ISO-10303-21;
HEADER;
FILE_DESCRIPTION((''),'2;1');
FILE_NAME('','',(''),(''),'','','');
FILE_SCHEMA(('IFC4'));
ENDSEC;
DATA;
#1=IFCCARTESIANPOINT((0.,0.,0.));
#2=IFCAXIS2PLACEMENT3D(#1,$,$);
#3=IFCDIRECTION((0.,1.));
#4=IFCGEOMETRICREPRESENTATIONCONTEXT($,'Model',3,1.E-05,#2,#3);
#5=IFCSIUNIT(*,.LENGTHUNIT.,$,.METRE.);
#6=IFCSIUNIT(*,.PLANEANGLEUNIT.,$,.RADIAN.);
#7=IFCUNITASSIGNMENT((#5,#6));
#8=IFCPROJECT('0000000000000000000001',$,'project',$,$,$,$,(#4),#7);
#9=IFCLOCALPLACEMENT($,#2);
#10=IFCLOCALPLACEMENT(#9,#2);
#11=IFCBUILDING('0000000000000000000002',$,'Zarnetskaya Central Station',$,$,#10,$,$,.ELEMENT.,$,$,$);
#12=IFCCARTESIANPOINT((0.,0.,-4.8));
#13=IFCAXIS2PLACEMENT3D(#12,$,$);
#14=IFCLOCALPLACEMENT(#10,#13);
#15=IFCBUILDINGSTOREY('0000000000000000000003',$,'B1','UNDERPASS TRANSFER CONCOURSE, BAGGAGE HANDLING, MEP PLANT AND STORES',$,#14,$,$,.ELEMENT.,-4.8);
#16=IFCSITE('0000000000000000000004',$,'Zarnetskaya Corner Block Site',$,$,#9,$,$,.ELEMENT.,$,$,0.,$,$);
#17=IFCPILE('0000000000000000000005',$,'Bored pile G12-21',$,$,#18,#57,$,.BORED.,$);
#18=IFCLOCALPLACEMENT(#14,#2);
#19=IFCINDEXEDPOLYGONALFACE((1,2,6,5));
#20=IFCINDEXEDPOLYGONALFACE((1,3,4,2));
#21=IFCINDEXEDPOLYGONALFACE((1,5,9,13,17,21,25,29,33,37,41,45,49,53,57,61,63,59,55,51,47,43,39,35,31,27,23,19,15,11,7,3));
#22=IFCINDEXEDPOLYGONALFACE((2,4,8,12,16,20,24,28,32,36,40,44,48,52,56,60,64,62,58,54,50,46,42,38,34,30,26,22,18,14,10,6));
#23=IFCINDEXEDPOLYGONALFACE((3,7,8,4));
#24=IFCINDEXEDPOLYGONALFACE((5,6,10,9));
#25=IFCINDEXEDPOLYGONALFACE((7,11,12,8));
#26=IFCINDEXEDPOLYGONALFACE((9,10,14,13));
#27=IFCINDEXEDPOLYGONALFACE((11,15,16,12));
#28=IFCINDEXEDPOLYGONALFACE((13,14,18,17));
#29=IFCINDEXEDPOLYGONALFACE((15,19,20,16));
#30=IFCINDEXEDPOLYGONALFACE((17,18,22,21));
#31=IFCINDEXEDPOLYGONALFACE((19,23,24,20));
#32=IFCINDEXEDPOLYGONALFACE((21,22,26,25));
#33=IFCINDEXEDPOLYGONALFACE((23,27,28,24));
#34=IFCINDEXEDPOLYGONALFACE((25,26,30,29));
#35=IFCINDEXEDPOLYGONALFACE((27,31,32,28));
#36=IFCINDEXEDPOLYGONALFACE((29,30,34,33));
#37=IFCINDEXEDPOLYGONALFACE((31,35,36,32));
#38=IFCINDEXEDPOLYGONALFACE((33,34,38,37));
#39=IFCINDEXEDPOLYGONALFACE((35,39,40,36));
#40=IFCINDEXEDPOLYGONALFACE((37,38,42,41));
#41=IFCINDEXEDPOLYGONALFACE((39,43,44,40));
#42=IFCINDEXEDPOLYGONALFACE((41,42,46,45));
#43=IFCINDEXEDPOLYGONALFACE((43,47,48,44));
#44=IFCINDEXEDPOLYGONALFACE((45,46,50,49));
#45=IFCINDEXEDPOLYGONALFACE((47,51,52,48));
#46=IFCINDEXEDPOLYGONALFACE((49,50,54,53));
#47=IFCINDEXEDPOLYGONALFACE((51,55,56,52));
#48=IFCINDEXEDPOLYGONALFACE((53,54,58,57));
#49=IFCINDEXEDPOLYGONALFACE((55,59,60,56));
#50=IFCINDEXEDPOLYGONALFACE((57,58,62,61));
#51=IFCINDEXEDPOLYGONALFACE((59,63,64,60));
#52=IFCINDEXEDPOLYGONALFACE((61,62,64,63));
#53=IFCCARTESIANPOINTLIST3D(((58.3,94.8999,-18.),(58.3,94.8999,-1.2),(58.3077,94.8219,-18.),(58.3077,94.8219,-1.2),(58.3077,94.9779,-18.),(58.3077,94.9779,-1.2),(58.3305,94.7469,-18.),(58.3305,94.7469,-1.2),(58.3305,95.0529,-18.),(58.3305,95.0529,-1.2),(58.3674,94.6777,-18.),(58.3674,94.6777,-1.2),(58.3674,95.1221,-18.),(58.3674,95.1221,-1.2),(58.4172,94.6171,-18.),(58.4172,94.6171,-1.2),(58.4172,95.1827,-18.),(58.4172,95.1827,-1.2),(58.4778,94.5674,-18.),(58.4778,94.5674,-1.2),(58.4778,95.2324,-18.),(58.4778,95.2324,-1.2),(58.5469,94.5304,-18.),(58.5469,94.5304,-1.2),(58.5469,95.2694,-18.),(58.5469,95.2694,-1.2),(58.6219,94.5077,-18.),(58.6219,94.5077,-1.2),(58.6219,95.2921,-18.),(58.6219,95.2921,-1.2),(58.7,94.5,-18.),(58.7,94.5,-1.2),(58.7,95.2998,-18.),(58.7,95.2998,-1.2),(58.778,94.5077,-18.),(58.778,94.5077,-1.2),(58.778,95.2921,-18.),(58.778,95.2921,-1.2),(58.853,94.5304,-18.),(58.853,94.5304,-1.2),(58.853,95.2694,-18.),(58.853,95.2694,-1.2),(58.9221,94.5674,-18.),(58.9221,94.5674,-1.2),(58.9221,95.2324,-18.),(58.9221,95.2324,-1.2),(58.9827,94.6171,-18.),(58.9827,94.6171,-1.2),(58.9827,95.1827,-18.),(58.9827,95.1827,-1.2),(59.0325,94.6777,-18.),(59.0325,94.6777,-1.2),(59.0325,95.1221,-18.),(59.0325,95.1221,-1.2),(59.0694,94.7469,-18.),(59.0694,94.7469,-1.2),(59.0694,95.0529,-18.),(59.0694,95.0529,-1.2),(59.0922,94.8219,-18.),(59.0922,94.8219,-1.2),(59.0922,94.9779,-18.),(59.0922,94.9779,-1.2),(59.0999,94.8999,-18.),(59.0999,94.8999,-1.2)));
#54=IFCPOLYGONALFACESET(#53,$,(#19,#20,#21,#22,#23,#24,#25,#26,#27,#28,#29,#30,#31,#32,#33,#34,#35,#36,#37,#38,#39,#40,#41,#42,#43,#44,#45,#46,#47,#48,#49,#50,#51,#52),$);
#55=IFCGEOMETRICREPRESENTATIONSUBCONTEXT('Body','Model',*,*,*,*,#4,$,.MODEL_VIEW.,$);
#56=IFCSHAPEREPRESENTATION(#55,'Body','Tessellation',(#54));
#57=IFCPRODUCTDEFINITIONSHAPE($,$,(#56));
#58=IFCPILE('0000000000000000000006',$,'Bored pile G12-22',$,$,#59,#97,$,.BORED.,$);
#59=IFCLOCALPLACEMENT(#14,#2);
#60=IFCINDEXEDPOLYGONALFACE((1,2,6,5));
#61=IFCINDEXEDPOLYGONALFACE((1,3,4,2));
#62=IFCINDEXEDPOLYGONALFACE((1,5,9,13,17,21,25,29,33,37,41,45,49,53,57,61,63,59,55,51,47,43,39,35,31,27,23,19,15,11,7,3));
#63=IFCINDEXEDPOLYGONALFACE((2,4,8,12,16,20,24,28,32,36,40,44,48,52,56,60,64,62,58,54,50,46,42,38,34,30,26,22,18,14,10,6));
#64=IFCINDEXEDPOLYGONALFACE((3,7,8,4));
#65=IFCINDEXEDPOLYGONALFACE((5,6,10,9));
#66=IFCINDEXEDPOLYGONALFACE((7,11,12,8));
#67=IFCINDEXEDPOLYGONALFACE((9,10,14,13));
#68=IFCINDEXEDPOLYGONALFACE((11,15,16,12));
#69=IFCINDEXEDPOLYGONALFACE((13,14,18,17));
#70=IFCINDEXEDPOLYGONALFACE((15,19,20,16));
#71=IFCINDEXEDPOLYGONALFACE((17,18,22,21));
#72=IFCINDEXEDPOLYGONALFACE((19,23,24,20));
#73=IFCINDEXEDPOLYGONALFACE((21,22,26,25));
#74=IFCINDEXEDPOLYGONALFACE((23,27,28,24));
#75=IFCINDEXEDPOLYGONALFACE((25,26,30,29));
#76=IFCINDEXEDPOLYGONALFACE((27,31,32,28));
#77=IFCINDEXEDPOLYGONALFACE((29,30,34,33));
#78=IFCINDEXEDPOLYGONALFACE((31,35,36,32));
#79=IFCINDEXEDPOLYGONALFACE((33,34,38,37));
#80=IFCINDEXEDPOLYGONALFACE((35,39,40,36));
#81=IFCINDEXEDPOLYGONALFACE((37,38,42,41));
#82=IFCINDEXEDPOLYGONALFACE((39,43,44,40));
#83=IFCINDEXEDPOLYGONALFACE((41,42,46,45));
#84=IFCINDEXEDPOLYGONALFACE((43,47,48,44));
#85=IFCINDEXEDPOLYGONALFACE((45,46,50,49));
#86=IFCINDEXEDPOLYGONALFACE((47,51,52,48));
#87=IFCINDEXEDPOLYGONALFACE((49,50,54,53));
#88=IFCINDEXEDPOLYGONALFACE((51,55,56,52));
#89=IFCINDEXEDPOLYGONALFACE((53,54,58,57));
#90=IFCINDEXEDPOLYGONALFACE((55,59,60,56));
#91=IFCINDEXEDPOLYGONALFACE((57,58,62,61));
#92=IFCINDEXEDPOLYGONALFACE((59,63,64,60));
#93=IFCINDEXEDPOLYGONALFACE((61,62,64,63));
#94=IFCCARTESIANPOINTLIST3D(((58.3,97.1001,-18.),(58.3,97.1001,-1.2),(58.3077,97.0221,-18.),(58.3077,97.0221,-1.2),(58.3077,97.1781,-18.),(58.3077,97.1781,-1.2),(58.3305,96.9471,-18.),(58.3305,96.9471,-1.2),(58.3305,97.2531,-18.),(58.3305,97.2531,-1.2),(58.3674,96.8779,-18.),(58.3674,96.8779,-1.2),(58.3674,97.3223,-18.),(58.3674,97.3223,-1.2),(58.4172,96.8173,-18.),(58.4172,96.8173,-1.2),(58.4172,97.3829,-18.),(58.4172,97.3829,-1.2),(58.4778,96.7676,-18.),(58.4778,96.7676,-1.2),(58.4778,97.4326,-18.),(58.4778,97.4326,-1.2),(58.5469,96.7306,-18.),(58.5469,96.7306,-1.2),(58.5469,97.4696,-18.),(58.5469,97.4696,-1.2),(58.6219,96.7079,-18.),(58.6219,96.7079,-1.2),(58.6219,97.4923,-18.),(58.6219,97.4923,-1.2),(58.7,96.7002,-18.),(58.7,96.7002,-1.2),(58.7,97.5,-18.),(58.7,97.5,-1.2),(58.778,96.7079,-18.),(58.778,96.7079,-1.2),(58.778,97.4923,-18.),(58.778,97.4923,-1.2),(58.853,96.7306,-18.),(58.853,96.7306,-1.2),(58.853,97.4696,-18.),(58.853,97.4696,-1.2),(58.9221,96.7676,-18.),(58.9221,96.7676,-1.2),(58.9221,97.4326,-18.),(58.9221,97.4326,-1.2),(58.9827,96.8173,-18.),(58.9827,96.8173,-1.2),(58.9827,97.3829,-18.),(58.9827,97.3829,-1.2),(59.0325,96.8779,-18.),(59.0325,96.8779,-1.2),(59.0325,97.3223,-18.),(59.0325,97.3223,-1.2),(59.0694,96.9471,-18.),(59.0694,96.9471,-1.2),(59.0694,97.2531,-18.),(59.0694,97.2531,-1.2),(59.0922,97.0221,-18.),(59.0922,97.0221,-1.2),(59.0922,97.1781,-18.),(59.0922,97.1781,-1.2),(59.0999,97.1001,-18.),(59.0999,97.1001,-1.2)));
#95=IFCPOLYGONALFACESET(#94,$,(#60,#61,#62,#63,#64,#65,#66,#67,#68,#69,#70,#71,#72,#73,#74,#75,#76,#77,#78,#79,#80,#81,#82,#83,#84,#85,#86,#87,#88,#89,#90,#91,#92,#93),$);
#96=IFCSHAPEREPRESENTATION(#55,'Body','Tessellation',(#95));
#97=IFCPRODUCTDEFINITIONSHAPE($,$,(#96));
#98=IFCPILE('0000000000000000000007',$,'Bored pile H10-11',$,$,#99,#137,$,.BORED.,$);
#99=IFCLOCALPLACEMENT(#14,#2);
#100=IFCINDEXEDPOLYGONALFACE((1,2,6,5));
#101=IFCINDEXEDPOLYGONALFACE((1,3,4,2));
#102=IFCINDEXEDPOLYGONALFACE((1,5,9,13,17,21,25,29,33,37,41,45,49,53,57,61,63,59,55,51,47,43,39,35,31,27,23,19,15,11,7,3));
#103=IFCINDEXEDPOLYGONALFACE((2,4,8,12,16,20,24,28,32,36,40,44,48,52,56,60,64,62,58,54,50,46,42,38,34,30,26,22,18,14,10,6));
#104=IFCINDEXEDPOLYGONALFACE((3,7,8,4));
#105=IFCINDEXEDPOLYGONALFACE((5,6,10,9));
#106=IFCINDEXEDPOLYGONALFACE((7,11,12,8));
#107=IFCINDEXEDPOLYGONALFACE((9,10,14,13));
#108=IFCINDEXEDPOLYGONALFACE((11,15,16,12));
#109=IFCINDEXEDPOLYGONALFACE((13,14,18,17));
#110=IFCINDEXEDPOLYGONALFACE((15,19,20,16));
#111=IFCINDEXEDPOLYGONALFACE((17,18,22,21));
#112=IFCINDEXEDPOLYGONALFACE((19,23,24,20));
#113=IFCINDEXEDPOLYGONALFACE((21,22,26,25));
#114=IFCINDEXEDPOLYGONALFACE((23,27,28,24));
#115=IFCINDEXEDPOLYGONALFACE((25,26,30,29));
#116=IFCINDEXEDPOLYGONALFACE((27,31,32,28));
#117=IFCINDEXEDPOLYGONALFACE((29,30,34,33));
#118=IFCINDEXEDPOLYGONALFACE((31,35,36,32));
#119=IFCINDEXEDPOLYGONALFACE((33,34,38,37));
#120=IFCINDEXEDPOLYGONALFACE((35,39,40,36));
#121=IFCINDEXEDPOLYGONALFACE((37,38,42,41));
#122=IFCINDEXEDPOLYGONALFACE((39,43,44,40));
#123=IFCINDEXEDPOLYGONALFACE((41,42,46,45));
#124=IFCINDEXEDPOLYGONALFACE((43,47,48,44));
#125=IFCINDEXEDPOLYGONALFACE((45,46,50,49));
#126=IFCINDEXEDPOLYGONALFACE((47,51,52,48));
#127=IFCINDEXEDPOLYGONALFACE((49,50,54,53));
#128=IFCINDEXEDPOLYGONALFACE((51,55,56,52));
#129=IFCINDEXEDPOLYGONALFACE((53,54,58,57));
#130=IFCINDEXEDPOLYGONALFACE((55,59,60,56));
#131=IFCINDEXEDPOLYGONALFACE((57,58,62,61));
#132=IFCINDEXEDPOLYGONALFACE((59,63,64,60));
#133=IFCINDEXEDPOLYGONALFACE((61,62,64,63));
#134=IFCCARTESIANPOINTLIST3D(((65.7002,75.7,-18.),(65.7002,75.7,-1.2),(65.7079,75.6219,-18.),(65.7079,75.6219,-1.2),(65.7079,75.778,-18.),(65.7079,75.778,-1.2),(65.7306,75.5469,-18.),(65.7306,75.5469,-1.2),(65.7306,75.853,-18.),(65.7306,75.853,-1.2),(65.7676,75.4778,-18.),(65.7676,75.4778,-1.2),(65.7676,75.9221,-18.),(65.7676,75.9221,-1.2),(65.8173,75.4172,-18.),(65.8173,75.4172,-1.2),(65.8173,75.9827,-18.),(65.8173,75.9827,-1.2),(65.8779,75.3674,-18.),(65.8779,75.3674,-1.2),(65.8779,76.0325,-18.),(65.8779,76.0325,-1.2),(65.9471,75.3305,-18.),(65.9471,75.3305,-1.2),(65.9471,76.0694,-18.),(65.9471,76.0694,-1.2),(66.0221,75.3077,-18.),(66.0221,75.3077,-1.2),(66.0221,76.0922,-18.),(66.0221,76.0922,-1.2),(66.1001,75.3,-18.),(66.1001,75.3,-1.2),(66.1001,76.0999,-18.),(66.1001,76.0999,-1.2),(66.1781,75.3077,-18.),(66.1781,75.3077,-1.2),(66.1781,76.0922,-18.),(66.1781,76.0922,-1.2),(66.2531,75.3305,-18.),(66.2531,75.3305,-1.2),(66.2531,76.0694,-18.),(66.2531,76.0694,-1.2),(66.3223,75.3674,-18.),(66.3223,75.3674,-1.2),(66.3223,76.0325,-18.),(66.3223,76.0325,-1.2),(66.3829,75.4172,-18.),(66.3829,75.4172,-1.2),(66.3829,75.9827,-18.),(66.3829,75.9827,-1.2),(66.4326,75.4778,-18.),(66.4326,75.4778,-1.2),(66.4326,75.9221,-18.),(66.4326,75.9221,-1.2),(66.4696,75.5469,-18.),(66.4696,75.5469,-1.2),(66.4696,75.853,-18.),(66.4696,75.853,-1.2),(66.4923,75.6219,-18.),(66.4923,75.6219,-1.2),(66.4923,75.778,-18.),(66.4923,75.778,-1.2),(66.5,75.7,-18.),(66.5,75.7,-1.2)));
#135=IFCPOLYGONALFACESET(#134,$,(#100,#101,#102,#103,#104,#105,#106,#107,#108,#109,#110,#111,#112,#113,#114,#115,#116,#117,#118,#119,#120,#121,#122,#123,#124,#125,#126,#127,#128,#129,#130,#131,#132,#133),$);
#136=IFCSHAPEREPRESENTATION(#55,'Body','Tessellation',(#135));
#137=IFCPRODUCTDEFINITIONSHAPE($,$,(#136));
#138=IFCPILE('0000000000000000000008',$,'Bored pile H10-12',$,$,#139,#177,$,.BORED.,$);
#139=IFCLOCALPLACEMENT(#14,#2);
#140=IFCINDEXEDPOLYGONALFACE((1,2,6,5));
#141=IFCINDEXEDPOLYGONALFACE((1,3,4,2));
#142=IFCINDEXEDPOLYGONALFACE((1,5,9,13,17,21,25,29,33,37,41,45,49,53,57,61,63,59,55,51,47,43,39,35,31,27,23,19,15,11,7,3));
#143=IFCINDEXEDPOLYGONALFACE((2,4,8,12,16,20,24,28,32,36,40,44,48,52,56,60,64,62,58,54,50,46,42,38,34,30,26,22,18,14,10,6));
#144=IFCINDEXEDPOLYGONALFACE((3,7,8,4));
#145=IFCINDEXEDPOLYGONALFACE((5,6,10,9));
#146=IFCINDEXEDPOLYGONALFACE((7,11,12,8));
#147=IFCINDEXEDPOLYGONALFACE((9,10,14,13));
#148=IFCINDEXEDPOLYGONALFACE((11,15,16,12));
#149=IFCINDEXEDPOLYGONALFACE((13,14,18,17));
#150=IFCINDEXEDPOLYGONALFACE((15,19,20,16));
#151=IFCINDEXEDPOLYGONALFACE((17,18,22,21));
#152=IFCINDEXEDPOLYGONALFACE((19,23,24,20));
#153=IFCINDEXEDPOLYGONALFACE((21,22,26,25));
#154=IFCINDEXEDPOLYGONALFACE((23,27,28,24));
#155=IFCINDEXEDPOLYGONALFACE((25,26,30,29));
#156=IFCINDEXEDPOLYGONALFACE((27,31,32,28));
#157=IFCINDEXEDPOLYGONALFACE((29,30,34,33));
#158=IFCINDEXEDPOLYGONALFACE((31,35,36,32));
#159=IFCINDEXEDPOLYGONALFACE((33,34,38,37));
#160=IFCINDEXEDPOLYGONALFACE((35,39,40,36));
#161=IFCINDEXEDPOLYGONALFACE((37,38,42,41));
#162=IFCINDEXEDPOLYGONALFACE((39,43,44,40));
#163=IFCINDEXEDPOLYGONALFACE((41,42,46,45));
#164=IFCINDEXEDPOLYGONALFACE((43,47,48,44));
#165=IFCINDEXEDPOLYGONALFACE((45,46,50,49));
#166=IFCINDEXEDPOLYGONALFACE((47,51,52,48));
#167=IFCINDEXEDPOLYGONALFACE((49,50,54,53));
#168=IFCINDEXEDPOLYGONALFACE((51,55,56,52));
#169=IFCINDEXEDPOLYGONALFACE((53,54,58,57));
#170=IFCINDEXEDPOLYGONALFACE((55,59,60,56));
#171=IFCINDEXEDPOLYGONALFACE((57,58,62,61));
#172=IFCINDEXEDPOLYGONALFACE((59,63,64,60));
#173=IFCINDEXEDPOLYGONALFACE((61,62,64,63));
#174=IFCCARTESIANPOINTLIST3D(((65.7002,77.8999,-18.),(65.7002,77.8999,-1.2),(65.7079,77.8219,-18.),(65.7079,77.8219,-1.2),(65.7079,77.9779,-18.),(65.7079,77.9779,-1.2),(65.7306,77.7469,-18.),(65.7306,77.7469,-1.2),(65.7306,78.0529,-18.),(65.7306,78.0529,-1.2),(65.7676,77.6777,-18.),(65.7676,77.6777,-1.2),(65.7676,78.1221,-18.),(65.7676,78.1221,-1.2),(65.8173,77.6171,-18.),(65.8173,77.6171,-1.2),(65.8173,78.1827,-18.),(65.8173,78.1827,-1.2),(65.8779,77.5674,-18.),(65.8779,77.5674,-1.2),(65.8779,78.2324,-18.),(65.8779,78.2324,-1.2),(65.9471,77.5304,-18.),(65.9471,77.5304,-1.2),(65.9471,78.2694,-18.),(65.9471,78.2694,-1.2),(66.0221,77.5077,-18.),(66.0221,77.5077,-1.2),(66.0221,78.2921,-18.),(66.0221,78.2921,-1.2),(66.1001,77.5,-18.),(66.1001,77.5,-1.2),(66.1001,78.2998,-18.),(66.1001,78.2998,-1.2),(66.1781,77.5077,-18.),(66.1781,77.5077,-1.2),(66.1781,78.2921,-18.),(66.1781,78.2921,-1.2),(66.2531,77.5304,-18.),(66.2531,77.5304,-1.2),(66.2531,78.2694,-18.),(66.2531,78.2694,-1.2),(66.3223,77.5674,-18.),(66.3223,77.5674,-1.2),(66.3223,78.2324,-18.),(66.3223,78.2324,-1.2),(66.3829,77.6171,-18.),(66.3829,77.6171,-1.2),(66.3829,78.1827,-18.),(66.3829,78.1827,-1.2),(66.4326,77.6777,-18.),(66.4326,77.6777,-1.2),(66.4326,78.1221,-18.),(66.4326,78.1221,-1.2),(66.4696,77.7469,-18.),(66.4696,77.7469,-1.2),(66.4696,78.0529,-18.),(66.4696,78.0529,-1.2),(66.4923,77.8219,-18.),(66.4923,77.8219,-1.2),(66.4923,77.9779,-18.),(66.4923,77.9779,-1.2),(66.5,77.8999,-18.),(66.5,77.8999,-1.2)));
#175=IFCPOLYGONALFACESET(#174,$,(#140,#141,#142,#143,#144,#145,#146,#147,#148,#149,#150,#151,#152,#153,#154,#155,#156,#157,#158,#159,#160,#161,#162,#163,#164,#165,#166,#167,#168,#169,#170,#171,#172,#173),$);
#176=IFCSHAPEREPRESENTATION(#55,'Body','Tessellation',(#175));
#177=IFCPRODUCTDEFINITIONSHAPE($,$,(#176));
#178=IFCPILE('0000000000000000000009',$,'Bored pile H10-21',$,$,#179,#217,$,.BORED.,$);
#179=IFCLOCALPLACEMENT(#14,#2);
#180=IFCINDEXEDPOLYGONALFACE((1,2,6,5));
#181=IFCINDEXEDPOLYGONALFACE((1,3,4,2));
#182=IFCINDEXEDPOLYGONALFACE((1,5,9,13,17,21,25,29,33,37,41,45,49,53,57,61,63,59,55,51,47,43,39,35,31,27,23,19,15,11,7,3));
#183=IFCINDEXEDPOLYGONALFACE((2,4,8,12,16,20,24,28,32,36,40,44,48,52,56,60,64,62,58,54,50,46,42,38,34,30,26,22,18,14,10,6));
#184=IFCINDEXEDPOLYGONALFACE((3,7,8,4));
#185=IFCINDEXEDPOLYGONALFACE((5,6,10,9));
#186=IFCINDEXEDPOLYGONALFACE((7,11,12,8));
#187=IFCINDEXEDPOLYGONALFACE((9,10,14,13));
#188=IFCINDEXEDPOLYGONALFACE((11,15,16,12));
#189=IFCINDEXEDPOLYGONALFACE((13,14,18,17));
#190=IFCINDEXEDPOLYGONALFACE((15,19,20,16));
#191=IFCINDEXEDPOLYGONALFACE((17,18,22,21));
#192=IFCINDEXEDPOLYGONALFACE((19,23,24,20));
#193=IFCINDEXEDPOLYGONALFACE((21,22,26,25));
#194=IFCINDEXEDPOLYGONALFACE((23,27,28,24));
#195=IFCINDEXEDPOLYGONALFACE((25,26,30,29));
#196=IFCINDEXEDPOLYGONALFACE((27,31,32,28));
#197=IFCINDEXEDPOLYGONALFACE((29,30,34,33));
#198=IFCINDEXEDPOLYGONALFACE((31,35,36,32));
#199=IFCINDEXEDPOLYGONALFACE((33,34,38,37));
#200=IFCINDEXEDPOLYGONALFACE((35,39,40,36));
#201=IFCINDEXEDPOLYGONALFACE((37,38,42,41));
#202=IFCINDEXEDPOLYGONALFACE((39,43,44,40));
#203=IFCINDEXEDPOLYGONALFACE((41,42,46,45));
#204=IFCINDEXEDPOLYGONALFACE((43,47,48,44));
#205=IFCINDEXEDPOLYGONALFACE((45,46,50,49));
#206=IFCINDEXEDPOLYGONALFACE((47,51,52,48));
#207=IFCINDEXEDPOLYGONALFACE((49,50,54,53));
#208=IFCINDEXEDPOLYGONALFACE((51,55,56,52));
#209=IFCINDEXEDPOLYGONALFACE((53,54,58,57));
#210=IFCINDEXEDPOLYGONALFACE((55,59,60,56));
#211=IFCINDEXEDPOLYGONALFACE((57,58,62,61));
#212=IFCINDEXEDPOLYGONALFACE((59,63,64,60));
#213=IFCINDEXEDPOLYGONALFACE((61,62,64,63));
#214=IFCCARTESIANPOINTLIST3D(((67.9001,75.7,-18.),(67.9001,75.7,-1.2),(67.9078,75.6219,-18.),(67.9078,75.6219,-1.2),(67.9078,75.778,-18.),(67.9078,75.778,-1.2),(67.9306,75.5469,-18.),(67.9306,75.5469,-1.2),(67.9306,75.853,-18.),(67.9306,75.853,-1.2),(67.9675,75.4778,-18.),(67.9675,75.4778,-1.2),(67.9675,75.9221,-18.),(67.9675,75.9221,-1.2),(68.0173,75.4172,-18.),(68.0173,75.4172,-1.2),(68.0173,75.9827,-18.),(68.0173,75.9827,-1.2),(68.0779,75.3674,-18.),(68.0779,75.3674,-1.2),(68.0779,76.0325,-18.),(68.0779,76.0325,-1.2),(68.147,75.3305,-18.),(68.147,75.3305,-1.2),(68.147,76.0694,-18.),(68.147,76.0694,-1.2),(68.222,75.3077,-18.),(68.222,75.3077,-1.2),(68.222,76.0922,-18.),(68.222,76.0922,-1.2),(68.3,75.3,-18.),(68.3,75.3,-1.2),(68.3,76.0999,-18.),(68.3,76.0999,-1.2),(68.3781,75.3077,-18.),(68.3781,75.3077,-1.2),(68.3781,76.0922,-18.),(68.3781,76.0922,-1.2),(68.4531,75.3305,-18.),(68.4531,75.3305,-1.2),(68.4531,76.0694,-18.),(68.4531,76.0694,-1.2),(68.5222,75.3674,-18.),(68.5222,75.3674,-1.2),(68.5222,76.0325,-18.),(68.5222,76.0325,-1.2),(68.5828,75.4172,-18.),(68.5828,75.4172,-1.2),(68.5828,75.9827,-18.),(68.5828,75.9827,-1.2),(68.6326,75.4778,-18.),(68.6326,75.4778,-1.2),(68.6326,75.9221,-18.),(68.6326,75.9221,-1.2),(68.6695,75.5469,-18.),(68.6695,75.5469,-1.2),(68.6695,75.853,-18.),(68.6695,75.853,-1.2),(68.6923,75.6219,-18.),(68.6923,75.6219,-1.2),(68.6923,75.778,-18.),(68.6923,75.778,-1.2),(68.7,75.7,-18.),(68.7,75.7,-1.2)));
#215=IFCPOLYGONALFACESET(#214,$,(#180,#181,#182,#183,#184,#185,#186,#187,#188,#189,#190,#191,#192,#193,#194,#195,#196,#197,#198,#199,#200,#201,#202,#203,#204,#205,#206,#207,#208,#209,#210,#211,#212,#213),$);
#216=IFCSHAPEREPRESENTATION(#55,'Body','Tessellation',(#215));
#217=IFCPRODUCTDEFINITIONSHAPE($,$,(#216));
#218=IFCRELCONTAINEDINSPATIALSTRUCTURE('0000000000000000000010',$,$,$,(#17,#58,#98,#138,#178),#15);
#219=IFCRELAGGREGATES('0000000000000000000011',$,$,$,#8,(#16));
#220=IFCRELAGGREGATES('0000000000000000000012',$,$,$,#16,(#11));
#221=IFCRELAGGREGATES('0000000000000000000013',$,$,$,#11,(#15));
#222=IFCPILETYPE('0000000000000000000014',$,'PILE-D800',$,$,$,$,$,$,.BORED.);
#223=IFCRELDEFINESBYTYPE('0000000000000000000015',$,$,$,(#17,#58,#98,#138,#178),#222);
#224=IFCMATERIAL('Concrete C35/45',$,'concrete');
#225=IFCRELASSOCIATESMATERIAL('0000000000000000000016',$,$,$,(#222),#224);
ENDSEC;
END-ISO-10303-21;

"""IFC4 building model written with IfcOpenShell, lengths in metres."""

from ifc_helpers import new_model, si_unit, direction, frame, origin, origin_2d, place, context, subcontext, project, spatial, circle, extrude, material, material_profile, profile_set, type_object, element, save


model = new_model("IFC4")

# Units and contexts
model_context = context("Model", 3, precision=1e-05, world=origin(), true_north=direction((0.0, 1.0)))
body_context = subcontext(model_context, "Body", "Model", "MODEL_VIEW")
ifc_project = project(units=[si_unit("LENGTHUNIT", "METRE"), si_unit("PLANEANGLEUNIT", "RADIAN")], contexts=[model_context])

# Site, building, storey
site_placement = place(None, origin())
site = spatial("IfcSite", under=ifc_project, at=site_placement, Name="Zarnetskaya Corner Block Site", CompositionType="ELEMENT", RefElevation=0.0)
building_placement = place(site_placement, origin())
building = spatial("IfcBuilding", under=site, at=building_placement, Name="Zarnetskaya Central Station", CompositionType="ELEMENT")
storey_placement = place(building_placement, frame((0.0, 0.0, -4.8)))
storey = spatial("IfcBuildingStorey", under=building, at=storey_placement, Name="B1", Description="UNDERPASS TRANSFER CONCOURSE, BAGGAGE HANDLING, MEP PLANT AND STORES", CompositionType="ELEMENT", Elevation=-4.8)

# Shared definitions
ifc_material = material(Name="Concrete C35/45", Category="concrete")

# Piles
ifc_material_profile_1 = material_profile(ifc_material, circle(Radius=0.3999, at=origin_2d()), Name="BORED PILE D800")
ifc_profile_set_1 = profile_set([ifc_material_profile_1], Name="Concrete C35/45")
pile_type_1 = type_object("IfcPileType", Name="PILE-D800", PredefinedType="BORED", material=ifc_profile_set_1)
for number, where, z_axis, x_axis, name in (
    (1, (58.7, 94.8999, -1.2), (0.0, 0.0, -1.0), (1.0, 0.0, 0.0), "Bored pile G12-21"),
    (2, (58.7, 97.1001, -1.2), (0.0, 0.0, -1.0), (1.0, 0.0, 0.0), "Bored pile G12-22"),
    (3, (66.1001, 75.7, -1.2), (0.0, 0.0, -1.0), (1.0, 0.0, 0.0), "Bored pile H10-11"),
    (4, (66.1001, 77.8999, -1.2), (0.0, 0.0, -1.0), (1.0, 0.0, 0.0), "Bored pile H10-12"),
    (5, (68.3, 75.7, -1.2), (0.0, 0.0, -1.0), (1.0, 0.0, 0.0), "Bored pile H10-21"),
):
    element("IfcPile", number, at=place(storey_placement, frame(where, z_axis=z_axis, x_axis=x_axis)), inside=storey, type_object=pile_type_1, Name=name, PredefinedType="BORED", context=body_context, shape_type="SweptSolid", body=[
        extrude(circle(Radius=0.3999, at=origin_2d()), origin(), (0.0, 0.0, 1.0), 16.8),
    ])

save(model, "model.ifc")
